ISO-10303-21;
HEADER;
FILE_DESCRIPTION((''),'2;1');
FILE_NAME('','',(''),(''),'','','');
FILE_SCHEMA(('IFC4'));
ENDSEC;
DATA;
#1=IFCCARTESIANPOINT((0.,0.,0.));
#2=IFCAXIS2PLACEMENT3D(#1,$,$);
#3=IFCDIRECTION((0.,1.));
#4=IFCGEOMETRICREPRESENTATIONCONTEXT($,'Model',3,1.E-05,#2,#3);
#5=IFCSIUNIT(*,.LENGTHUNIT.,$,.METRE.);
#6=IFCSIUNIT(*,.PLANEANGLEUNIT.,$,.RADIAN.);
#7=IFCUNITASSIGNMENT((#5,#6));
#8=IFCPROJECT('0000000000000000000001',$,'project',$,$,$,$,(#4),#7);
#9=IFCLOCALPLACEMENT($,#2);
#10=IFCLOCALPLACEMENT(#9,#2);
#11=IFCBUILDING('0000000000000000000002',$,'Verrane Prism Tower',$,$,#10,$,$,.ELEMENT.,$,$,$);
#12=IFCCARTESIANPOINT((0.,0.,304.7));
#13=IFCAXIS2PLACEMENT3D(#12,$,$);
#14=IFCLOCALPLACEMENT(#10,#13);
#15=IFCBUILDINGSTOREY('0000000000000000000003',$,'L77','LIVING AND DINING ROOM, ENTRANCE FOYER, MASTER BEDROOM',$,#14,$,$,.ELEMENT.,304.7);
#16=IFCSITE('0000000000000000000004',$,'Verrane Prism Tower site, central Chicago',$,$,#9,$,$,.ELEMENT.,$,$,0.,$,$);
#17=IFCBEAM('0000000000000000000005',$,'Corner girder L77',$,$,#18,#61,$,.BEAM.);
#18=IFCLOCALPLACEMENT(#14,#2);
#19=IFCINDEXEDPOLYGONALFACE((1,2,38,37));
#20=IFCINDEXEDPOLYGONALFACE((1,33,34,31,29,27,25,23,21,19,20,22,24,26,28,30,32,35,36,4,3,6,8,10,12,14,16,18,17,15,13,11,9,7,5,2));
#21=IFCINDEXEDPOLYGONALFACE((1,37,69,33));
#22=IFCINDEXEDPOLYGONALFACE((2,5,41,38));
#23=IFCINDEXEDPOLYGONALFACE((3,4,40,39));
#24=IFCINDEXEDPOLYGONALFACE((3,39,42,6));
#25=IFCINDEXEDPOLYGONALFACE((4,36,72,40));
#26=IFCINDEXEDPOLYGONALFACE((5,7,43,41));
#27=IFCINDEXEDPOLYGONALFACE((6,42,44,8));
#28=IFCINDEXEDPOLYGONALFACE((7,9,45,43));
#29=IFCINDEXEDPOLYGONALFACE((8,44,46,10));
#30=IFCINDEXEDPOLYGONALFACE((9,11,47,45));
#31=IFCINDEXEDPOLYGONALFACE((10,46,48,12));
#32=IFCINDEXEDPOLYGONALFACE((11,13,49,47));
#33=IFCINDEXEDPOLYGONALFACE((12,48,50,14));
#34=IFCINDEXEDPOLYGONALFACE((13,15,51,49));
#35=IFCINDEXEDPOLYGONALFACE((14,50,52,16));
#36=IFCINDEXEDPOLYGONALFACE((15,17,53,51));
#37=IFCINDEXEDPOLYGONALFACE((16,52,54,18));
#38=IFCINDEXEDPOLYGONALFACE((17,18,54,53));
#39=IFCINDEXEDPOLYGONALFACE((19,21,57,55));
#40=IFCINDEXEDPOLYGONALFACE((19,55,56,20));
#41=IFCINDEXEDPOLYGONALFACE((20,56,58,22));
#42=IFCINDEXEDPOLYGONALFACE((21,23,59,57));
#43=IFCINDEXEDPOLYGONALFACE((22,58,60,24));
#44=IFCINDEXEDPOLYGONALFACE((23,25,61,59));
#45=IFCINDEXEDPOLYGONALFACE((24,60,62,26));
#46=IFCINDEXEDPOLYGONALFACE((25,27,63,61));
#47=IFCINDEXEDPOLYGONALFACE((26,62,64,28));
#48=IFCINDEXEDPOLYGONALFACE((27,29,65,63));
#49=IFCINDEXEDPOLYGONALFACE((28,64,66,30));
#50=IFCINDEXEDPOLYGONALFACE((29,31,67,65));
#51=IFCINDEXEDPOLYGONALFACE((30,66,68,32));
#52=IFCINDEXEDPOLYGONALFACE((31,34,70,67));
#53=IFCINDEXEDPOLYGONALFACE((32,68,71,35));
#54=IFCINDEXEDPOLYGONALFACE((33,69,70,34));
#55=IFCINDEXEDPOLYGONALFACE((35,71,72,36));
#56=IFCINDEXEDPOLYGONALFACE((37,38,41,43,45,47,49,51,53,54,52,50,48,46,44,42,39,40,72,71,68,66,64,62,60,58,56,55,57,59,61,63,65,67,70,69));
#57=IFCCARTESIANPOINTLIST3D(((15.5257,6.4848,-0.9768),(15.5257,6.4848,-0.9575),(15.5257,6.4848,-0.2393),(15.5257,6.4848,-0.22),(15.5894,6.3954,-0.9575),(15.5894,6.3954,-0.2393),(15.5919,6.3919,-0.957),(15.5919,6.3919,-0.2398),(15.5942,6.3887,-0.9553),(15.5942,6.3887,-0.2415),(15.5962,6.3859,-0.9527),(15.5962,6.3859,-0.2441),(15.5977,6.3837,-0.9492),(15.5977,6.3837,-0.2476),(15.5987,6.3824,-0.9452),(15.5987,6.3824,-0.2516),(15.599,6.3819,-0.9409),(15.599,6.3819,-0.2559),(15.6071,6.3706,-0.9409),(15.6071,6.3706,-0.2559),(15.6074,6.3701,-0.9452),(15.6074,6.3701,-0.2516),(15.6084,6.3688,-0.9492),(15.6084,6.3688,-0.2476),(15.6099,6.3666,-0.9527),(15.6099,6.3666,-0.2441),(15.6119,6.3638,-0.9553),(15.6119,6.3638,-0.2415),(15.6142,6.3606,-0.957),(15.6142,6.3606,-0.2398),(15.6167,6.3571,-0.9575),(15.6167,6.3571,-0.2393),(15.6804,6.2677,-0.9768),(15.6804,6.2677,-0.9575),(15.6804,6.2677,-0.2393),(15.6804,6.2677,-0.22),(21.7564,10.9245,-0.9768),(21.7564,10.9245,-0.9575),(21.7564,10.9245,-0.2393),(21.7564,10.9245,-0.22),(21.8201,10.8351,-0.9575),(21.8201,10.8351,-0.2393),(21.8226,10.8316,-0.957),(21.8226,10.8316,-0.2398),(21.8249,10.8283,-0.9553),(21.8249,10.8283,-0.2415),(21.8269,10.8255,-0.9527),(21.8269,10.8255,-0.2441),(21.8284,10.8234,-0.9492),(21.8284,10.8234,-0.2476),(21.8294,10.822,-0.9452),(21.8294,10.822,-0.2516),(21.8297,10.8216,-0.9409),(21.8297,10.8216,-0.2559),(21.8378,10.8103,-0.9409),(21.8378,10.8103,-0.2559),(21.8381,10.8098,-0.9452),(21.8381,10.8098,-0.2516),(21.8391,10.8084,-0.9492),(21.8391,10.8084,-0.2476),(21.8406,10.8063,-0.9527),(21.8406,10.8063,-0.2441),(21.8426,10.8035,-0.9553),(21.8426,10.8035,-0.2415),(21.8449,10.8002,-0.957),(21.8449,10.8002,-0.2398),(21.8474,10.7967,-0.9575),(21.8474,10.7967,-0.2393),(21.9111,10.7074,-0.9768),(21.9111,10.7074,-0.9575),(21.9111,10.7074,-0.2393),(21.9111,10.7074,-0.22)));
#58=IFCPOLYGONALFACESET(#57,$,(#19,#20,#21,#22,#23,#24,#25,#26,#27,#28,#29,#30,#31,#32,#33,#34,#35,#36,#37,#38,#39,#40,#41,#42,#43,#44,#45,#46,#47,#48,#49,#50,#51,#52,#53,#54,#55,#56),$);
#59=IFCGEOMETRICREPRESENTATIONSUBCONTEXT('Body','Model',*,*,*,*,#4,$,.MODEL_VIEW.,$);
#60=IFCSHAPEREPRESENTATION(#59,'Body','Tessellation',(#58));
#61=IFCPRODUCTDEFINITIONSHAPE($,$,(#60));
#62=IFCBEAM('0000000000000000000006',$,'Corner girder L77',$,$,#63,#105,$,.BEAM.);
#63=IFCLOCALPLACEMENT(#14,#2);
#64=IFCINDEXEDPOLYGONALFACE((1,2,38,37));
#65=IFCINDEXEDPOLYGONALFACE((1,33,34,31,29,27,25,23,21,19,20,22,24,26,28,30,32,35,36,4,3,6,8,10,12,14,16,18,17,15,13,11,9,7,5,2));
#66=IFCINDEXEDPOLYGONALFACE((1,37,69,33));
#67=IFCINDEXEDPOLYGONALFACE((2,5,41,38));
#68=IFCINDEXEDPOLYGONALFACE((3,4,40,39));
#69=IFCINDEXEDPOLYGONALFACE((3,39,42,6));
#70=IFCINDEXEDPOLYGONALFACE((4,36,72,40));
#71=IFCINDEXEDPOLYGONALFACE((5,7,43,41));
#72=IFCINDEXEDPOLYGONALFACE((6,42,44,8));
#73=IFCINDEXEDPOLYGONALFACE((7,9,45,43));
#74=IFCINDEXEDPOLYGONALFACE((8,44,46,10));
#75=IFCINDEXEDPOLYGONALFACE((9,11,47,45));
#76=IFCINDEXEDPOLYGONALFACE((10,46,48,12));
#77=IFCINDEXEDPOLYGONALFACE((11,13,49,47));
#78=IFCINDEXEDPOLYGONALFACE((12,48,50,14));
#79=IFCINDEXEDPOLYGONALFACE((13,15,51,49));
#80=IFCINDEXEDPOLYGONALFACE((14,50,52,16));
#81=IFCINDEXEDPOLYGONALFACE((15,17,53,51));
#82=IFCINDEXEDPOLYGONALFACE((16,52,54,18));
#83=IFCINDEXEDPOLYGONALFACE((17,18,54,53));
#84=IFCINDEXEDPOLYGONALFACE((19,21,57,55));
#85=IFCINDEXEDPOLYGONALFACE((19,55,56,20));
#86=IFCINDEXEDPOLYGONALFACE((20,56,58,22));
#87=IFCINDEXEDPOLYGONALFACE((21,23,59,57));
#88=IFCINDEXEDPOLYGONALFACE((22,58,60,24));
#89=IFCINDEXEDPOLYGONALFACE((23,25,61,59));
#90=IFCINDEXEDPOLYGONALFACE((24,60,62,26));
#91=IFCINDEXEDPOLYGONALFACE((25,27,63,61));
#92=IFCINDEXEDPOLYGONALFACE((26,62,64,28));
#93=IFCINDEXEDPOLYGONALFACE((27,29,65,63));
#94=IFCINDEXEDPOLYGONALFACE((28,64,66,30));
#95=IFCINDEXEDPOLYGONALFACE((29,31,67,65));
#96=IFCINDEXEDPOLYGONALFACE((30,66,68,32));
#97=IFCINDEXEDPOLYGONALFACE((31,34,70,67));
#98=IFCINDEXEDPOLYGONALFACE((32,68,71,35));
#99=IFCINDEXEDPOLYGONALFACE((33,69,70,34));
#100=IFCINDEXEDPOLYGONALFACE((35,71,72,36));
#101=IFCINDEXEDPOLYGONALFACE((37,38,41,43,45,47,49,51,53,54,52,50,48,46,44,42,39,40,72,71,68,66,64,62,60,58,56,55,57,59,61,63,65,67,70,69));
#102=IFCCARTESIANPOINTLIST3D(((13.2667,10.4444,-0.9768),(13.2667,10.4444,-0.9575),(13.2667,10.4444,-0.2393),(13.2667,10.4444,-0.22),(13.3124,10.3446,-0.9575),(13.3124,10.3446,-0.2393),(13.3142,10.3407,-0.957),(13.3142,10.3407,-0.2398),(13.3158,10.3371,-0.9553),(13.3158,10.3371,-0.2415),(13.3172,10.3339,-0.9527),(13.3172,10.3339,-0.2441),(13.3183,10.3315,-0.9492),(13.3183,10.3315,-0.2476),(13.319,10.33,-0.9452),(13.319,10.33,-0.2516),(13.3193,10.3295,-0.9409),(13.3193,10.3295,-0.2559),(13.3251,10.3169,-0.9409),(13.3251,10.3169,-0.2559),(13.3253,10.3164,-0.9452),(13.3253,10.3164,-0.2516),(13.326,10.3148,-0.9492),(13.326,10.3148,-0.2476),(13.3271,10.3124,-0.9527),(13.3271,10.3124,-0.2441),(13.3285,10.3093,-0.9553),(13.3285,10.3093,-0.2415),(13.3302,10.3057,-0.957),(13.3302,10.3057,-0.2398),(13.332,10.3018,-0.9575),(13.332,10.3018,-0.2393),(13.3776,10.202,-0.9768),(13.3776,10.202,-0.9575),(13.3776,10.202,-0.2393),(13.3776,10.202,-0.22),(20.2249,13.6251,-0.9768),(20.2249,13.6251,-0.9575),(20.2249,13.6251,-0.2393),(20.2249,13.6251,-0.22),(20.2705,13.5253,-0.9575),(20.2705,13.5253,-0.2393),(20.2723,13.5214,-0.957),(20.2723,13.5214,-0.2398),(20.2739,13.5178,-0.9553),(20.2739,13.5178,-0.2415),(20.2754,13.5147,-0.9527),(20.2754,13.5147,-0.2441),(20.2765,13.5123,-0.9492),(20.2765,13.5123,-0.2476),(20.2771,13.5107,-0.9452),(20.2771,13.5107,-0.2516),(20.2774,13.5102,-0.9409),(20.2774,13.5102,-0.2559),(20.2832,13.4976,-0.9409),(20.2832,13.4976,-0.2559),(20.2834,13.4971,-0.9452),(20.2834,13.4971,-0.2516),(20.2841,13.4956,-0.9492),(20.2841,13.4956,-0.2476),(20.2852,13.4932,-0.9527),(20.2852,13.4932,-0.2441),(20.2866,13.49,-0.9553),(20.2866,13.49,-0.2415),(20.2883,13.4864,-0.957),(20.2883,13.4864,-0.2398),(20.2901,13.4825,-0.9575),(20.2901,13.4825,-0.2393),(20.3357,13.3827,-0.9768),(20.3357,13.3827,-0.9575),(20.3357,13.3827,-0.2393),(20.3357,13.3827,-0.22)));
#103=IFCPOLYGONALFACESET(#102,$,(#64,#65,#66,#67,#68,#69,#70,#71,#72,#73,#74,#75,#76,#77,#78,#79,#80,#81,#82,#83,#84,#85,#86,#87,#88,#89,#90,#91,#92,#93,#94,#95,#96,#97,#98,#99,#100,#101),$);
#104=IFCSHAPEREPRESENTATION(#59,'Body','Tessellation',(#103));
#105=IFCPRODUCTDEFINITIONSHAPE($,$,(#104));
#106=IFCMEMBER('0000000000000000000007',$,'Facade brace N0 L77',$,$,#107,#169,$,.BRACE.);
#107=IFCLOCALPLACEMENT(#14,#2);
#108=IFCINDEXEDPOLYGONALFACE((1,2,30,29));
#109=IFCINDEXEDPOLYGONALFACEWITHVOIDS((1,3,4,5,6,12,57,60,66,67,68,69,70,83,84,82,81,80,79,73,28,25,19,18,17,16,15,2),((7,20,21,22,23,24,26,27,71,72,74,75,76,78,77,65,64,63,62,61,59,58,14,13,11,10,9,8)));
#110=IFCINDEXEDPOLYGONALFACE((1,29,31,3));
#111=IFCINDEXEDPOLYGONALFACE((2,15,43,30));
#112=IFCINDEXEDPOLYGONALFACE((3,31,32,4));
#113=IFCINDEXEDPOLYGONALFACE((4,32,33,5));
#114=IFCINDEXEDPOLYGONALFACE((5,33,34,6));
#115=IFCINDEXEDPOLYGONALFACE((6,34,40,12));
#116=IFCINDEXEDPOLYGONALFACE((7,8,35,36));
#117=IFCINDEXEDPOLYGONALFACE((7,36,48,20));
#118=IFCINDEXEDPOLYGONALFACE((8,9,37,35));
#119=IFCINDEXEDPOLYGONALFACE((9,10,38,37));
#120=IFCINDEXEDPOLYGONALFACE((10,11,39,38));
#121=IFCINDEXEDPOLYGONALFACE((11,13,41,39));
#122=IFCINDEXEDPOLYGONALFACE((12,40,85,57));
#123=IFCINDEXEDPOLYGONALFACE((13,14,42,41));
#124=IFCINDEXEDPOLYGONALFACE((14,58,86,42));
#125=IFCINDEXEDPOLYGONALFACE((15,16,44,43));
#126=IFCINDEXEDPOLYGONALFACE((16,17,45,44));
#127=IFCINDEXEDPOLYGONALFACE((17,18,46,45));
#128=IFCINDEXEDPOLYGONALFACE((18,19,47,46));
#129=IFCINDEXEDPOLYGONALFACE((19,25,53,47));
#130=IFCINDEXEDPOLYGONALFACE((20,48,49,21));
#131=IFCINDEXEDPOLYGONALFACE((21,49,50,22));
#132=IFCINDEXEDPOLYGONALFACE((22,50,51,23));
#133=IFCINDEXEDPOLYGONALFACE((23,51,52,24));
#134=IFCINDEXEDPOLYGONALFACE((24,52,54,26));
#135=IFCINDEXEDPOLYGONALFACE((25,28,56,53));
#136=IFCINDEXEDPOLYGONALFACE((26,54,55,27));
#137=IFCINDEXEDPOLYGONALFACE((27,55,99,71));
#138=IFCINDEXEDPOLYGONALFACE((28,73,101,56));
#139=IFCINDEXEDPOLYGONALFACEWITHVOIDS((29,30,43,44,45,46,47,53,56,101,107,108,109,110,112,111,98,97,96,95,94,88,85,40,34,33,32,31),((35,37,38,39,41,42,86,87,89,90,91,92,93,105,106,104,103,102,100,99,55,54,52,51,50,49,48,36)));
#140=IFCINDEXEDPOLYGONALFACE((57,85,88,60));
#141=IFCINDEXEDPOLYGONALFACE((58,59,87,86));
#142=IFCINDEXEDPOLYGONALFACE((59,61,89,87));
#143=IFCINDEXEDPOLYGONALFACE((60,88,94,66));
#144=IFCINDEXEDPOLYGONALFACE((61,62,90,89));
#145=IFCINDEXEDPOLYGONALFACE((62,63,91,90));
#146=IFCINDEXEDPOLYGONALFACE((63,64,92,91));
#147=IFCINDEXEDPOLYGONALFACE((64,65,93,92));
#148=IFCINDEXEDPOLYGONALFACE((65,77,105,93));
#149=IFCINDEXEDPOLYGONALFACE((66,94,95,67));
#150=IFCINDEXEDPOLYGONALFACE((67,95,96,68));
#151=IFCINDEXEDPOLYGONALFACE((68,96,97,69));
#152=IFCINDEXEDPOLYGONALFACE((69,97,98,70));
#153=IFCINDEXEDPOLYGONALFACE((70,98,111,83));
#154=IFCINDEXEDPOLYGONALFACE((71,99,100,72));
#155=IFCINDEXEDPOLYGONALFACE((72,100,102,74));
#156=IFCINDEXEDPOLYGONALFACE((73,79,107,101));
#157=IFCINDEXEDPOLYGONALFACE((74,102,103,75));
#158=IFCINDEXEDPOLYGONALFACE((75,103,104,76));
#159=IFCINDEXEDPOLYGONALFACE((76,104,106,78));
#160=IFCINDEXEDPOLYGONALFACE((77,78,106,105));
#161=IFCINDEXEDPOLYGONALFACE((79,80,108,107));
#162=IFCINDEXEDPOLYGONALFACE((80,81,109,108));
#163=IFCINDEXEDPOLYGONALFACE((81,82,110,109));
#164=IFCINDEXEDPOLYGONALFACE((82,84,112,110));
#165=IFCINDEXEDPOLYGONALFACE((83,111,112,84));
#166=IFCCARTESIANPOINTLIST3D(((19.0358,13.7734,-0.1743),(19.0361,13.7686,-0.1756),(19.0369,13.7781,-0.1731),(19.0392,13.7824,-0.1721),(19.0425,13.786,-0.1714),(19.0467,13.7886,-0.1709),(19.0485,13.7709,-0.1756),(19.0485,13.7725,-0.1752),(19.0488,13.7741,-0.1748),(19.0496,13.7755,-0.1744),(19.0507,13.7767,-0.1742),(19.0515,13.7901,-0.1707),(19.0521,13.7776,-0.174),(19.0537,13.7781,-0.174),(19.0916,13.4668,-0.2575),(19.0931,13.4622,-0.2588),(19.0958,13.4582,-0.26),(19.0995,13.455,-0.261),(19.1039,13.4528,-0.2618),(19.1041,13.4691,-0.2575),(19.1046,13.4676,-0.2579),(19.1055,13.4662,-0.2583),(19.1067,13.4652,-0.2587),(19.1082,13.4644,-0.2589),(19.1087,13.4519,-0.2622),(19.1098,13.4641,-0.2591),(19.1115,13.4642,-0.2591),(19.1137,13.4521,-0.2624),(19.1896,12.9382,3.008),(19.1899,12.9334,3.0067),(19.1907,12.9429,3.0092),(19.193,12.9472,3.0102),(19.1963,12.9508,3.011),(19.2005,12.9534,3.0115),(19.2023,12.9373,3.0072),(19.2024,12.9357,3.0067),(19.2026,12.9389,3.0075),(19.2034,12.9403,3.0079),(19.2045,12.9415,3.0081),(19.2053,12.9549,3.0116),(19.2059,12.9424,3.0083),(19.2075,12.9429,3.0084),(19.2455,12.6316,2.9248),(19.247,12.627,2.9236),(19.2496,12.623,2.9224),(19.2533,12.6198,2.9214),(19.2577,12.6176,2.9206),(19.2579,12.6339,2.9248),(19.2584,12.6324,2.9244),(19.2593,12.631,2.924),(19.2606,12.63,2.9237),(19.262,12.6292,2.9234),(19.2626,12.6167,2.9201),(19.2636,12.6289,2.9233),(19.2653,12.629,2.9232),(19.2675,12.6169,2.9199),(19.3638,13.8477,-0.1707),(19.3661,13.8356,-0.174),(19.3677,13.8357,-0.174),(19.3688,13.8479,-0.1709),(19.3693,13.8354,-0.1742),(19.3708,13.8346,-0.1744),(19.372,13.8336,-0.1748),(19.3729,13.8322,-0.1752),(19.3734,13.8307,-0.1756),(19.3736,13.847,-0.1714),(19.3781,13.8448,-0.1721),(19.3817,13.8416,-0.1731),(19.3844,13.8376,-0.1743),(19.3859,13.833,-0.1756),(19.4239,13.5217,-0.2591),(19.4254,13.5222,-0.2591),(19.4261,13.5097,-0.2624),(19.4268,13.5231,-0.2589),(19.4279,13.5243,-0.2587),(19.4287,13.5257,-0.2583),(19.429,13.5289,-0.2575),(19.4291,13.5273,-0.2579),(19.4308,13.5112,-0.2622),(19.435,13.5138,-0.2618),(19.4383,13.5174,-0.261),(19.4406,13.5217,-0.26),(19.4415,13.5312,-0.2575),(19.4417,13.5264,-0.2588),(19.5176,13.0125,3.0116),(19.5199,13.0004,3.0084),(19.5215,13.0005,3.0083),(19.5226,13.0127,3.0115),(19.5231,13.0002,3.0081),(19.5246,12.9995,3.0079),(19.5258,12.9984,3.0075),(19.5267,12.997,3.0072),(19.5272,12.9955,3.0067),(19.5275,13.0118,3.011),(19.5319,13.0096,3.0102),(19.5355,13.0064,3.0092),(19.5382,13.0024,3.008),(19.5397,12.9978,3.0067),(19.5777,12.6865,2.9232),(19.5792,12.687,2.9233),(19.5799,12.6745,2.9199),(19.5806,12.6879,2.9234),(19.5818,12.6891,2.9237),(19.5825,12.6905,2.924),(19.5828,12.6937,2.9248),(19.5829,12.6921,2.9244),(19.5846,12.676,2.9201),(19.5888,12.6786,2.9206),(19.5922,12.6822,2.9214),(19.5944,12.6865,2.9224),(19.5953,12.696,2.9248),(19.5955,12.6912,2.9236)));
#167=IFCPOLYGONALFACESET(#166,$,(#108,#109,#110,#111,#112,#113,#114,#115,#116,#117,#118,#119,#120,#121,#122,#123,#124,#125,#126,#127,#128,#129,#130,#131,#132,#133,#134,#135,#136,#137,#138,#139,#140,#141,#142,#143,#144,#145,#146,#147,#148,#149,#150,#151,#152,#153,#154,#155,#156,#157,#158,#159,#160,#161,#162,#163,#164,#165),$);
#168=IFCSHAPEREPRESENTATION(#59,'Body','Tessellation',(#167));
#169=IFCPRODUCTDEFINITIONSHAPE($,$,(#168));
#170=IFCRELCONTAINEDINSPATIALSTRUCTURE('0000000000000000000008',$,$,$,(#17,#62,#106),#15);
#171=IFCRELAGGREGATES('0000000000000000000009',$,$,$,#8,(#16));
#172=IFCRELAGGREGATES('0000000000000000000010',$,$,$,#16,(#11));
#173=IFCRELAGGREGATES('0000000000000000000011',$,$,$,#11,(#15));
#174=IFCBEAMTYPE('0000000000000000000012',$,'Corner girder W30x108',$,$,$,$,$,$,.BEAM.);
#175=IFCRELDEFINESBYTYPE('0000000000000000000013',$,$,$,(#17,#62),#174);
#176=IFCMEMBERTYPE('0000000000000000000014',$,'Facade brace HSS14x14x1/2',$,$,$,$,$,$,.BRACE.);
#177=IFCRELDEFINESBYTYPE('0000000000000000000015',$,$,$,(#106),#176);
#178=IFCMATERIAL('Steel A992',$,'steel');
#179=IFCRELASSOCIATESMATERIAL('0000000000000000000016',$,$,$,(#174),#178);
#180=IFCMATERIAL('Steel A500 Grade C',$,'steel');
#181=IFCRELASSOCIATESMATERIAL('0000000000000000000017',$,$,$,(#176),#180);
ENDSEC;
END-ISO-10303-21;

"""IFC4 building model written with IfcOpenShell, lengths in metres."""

from ifc_helpers import new_model, si_unit, direction, frame, origin, origin_2d, place, context, subcontext, project, spatial, hollow_rectangle, i_section, extrude, material, material_profile, profile_set, type_object, element, save


model = new_model("IFC4")

# Units and contexts
model_context = context("Model", 3, precision=1e-05, world=origin(), true_north=direction((0.0, 1.0)))
body_context = subcontext(model_context, "Body", "Model", "MODEL_VIEW")
ifc_project = project(units=[si_unit("LENGTHUNIT", "METRE"), si_unit("PLANEANGLEUNIT", "RADIAN")], contexts=[model_context])

# Site, building, storey
site_placement = place(None, origin())
site = spatial("IfcSite", under=ifc_project, at=site_placement, Name="Verrane Prism Tower site, central Chicago", CompositionType="ELEMENT", RefElevation=0.0)
building_placement = place(site_placement, origin())
building = spatial("IfcBuilding", under=site, at=building_placement, Name="Verrane Prism Tower", CompositionType="ELEMENT")
storey_placement = place(building_placement, frame((0.0, 0.0, 304.7)))
storey = spatial("IfcBuildingStorey", under=building, at=storey_placement, Name="L77", Description="LIVING AND DINING ROOM, ENTRANCE FOYER, MASTER BEDROOM", CompositionType="ELEMENT", Elevation=304.7)

# Beams
ifc_material_1 = material(Name="Steel A992", Category="steel")
ifc_material_profile_1 = material_profile(ifc_material_1, i_section(OverallWidth=0.2666, OverallDepth=0.7568, WebThickness=0.0139, FlangeThickness=0.0193, FilletRadius=0.0166, at=origin_2d()), Name="W30x108")
ifc_profile_set_1 = profile_set([ifc_material_profile_1], Name="Steel A992")
beam_type_1 = type_object("IfcBeamType", Name="Corner girder W30x108", PredefinedType="BEAM", material=ifc_profile_set_1)
for number, where, z_axis, x_axis, name in (
    (1, (21.8337, 10.8159, -0.5984), (-0.814401, -0.580302, 0.0), (0.580302, -0.814401, 0.0), "Corner girder L77"),
    (2, (20.2803, 13.5039, -0.5984), (-0.909481, -0.415745, 0.0), (0.415745, -0.909481, 0.0), "Corner girder L77"),
):
    element("IfcBeam", number, at=place(storey_placement, frame(where, z_axis=z_axis, x_axis=x_axis)), inside=storey, type_object=beam_type_1, Name=name, PredefinedType="BEAM", context=body_context, shape_type="SweptSolid", body=[
        extrude(i_section(OverallWidth=0.2666, OverallDepth=0.7568, WebThickness=0.0139, FlangeThickness=0.0193, FilletRadius=0.0166, at=origin_2d()), origin(), (0.0, 0.0, 1.0), 7.6506),
    ])

# Member
ifc_material_2 = material(Name="Steel A500 Grade C", Category="steel")
ifc_material_profile_2 = material_profile(ifc_material_2, hollow_rectangle(XDim=0.3557, YDim=0.3557, WallThickness=0.0127, InnerFilletRadius=0.0063, OuterFilletRadius=0.019, at=origin_2d()), Name="HSS14x14x1/2")
ifc_profile_set_2 = profile_set([ifc_material_profile_2], Name="Steel A500 Grade C")
member_type_1 = type_object("IfcMemberType", Name="Facade brace HSS14x14x1/2", PredefinedType="BRACE", material=ifc_profile_set_2)
member_1_placement = place(storey_placement, frame((19.2388, 13.6499, -0.2166), z_axis=(0.046697, -0.253573, 0.966188), x_axis=(0.983463, 0.181111, 0.0)))
element("IfcMember", 3, at=member_1_placement, inside=storey, type_object=member_type_1, Name="Facade brace N0 L77", PredefinedType="BRACE", context=body_context, shape_type="SweptSolid", body=[
    extrude(hollow_rectangle(XDim=0.3557, YDim=0.3557, WallThickness=0.0127, InnerFilletRadius=0.0063, OuterFilletRadius=0.019, at=origin_2d()), origin(), (0.0, 0.0, 1.0), 3.2937),
])

save(model, "model.ifc")
